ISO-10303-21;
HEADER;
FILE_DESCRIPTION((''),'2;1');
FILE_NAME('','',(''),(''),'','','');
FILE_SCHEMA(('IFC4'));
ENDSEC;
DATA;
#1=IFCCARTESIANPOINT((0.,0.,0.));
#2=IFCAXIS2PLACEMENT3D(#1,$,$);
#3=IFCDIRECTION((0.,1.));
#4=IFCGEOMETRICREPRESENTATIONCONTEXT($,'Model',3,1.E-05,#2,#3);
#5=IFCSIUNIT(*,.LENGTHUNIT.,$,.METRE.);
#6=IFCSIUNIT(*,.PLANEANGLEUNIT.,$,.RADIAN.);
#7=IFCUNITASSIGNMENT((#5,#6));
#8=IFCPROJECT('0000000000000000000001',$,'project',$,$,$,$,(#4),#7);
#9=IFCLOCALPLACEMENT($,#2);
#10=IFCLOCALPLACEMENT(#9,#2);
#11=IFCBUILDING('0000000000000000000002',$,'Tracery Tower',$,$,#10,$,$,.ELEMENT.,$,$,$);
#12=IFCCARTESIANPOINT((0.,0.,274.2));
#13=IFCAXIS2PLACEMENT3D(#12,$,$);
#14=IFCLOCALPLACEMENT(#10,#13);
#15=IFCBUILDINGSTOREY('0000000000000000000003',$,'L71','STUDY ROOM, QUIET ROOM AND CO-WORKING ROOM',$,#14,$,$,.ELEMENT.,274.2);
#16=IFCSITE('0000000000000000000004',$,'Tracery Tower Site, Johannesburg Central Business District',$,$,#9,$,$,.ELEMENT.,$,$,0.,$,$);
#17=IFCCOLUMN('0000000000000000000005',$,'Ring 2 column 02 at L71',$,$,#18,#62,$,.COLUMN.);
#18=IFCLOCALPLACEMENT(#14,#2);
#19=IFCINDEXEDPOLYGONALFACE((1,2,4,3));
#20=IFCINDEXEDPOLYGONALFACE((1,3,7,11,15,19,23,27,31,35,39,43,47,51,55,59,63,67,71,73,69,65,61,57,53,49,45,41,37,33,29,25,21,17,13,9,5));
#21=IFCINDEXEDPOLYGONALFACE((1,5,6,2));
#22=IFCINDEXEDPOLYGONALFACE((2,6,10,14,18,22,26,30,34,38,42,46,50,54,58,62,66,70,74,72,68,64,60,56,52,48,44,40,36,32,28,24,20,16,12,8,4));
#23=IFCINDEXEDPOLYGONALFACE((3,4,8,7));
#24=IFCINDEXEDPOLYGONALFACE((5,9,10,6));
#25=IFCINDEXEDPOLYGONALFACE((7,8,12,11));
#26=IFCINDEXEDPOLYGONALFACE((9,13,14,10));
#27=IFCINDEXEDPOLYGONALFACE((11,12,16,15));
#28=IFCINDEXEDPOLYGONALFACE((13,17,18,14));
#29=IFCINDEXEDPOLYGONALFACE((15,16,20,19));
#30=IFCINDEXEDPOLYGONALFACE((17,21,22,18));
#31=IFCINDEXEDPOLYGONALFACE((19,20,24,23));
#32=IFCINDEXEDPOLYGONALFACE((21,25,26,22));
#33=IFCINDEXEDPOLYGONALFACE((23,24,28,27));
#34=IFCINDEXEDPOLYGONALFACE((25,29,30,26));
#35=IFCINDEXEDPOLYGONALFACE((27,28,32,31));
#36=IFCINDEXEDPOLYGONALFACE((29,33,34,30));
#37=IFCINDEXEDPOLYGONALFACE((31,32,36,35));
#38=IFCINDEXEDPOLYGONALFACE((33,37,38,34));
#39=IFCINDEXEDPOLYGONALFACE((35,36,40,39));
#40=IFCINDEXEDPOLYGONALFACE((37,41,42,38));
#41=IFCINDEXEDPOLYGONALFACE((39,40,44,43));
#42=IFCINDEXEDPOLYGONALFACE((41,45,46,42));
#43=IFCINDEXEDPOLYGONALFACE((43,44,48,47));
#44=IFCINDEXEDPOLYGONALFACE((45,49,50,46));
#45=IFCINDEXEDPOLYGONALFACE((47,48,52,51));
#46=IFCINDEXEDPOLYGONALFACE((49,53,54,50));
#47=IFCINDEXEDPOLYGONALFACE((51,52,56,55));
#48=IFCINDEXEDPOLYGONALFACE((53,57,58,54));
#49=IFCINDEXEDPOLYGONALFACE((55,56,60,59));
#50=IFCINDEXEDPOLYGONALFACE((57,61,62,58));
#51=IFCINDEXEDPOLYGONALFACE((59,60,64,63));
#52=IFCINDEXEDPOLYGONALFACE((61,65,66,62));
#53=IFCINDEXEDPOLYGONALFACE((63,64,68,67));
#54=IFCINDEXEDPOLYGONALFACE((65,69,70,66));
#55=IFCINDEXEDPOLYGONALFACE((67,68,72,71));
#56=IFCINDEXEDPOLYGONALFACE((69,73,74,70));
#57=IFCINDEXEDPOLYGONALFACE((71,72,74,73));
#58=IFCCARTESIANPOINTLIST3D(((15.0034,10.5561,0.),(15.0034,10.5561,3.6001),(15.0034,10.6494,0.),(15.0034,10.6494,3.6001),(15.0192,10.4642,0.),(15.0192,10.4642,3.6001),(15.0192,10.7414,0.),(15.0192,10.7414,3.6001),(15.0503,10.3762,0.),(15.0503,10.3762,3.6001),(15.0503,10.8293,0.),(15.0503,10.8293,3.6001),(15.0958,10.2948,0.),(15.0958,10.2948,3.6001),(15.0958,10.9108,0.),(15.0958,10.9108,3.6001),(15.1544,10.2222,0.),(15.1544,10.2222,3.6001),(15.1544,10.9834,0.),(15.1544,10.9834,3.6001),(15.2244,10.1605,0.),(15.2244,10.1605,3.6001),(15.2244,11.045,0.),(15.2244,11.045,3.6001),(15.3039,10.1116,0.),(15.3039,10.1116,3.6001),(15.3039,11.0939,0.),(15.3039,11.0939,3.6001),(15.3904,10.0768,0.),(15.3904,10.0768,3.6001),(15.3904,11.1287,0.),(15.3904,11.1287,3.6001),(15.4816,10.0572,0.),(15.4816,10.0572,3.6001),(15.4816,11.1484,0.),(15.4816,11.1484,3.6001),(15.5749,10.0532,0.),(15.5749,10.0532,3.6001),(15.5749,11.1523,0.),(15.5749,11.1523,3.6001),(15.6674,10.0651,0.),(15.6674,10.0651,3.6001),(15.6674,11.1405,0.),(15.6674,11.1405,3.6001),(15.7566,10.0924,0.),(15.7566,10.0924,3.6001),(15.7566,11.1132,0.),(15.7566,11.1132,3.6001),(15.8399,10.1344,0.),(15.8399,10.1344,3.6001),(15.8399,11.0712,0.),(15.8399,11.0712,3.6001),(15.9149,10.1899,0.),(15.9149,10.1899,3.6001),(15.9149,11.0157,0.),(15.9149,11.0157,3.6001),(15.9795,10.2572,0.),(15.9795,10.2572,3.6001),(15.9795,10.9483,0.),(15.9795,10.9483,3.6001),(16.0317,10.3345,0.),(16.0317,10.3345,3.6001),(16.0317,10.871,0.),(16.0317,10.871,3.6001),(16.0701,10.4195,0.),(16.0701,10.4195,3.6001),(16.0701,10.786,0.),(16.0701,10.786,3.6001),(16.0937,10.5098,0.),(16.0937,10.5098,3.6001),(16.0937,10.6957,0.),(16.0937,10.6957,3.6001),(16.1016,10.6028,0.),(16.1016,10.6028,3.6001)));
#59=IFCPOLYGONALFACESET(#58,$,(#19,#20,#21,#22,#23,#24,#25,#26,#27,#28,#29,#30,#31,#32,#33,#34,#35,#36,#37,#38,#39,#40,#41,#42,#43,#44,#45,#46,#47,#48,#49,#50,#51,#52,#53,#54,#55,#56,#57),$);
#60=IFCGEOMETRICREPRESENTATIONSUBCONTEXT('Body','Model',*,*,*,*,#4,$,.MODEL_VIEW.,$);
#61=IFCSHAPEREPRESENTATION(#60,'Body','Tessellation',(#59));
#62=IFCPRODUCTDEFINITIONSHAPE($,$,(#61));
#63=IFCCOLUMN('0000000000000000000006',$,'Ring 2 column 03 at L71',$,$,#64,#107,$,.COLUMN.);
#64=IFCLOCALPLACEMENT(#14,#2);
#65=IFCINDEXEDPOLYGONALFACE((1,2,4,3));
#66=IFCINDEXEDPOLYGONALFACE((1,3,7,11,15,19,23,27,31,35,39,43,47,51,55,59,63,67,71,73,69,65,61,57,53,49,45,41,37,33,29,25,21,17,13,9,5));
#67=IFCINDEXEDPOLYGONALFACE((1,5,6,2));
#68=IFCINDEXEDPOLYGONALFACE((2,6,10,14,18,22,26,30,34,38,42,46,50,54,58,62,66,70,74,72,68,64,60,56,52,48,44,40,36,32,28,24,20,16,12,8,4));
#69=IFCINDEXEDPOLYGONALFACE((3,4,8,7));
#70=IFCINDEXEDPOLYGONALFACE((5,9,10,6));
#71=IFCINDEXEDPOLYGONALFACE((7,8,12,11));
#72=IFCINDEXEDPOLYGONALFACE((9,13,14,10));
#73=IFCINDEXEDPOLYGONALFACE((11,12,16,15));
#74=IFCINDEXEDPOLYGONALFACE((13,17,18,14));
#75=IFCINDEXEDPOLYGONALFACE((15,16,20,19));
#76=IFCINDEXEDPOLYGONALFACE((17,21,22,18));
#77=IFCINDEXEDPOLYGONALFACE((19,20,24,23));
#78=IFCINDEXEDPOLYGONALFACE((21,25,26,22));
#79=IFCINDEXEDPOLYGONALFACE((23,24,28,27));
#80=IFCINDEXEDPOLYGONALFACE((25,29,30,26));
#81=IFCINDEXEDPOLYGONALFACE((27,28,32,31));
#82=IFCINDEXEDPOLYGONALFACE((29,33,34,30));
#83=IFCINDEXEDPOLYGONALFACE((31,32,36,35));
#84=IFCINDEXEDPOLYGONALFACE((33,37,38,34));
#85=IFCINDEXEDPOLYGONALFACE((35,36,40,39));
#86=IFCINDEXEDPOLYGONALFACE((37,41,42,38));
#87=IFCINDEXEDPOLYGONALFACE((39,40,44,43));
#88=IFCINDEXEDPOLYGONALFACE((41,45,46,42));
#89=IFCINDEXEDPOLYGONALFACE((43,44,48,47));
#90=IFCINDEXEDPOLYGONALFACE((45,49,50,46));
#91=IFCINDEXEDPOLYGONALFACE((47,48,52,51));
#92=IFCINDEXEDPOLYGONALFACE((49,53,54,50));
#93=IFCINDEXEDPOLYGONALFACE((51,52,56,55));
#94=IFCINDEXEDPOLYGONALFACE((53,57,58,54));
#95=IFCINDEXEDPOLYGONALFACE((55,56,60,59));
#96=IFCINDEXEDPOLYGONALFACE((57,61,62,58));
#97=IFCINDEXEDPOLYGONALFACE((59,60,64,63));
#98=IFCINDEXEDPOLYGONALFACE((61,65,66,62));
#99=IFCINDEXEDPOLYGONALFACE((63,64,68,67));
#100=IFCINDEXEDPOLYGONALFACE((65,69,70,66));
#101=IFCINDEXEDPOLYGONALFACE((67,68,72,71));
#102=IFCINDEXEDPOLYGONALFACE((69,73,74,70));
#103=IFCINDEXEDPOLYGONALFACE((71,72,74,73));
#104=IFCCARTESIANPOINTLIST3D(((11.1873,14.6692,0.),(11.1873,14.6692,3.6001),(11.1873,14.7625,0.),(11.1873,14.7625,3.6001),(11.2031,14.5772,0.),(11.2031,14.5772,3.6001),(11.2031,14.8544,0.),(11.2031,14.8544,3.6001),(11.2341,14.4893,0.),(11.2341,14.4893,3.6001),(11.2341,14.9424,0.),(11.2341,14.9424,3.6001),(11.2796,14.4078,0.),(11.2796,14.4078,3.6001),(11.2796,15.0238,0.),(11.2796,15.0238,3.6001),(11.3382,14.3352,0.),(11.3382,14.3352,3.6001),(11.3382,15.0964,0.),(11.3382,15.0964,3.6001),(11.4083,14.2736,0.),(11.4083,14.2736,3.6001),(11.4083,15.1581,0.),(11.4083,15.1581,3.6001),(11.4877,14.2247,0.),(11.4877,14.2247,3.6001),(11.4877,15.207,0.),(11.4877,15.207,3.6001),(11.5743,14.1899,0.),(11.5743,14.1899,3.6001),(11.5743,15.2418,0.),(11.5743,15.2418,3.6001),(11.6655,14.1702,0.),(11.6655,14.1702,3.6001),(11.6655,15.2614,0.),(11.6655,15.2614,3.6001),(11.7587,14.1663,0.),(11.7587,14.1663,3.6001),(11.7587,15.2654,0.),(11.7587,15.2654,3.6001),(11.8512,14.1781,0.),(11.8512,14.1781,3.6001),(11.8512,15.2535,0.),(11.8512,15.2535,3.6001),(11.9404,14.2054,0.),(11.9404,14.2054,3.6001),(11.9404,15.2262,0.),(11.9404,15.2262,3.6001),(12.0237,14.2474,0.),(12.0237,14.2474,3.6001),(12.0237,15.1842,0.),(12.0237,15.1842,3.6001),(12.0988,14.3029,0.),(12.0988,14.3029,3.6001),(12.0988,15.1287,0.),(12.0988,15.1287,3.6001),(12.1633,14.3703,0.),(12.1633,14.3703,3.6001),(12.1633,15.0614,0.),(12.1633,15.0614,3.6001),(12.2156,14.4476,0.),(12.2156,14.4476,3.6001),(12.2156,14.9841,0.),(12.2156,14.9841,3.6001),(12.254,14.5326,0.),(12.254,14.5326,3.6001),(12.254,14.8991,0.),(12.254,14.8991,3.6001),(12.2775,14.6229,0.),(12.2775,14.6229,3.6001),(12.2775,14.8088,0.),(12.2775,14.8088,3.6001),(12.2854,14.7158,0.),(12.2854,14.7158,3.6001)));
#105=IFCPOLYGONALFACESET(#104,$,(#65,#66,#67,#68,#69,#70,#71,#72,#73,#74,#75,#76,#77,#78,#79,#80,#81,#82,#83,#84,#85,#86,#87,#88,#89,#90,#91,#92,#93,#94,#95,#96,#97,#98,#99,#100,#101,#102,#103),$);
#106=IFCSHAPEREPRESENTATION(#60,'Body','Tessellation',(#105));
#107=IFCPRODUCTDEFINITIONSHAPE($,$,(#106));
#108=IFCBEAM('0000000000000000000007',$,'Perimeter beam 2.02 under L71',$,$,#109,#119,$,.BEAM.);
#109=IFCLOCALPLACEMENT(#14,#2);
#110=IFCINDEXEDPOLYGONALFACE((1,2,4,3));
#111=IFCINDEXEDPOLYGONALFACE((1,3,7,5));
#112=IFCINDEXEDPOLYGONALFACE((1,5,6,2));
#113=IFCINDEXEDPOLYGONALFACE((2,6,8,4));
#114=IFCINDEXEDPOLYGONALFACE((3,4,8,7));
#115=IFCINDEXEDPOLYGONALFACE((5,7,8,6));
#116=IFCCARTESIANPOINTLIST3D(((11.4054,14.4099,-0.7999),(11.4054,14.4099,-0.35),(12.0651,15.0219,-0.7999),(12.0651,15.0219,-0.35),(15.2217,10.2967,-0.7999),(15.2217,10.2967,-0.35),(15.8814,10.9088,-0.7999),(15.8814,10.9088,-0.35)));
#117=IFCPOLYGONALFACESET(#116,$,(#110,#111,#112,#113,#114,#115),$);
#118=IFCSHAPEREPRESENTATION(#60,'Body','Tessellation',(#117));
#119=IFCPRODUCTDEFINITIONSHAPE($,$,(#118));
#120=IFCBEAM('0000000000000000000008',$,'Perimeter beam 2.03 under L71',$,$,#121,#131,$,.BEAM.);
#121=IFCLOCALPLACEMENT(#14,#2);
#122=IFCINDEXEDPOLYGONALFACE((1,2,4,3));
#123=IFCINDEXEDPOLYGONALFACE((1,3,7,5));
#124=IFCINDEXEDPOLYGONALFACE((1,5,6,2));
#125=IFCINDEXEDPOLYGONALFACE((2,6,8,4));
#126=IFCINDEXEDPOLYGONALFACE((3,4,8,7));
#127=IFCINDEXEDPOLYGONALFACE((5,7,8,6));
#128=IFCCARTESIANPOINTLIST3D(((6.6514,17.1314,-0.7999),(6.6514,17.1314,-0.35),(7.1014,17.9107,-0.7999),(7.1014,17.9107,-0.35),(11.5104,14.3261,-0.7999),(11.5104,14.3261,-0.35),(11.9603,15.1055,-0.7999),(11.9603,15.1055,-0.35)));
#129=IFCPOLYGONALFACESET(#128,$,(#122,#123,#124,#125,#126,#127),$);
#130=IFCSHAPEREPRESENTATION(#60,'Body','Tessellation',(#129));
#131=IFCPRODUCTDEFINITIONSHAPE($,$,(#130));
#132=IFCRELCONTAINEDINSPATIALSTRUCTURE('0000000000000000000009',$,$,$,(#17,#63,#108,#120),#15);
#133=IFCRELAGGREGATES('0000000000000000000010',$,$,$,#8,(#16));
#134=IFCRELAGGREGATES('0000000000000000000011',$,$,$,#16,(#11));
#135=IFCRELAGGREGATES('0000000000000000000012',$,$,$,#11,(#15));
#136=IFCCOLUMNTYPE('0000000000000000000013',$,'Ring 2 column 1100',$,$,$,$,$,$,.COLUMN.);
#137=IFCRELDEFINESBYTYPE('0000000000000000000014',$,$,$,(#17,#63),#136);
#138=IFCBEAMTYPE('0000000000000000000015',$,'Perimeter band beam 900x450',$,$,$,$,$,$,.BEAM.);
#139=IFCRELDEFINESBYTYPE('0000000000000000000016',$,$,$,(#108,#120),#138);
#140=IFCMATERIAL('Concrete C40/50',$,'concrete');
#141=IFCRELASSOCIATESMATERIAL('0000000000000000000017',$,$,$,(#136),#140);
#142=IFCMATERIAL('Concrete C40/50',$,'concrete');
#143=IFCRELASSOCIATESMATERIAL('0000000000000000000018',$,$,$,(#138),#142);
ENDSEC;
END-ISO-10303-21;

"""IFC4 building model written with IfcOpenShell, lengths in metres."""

from ifc_helpers import new_model, si_unit, direction, frame, origin, origin_2d, place, context, subcontext, project, spatial, rectangle, circle, extrude, material, material_profile, profile_set, type_object, element, save


model = new_model("IFC4")

# Units and contexts
model_context = context("Model", 3, precision=1e-05, world=origin(), true_north=direction((0.0, 1.0)))
body_context = subcontext(model_context, "Body", "Model", "MODEL_VIEW")
ifc_project = project(units=[si_unit("LENGTHUNIT", "METRE"), si_unit("PLANEANGLEUNIT", "RADIAN")], contexts=[model_context])

# Site, building, storey
site_placement = place(None, origin())
site = spatial("IfcSite", under=ifc_project, at=site_placement, Name="Tracery Tower Site, Johannesburg Central Business District", CompositionType="ELEMENT", RefElevation=0.0)
building_placement = place(site_placement, origin())
building = spatial("IfcBuilding", under=site, at=building_placement, Name="Tracery Tower", CompositionType="ELEMENT")
storey_placement = place(building_placement, frame((0.0, 0.0, 274.2)))
storey = spatial("IfcBuildingStorey", under=building, at=storey_placement, Name="L71", Description="STUDY ROOM, QUIET ROOM AND CO-WORKING ROOM", CompositionType="ELEMENT", Elevation=274.2)

# Columns
ifc_material_1 = material(Name="Concrete C40/50", Category="concrete")
ifc_material_profile_1 = material_profile(ifc_material_1, circle(Radius=0.55, at=origin_2d()), Name="RC D1100")
ifc_profile_set_1 = profile_set([ifc_material_profile_1], Name="Concrete C40/50")
column_type = type_object("IfcColumnType", Name="Ring 2 column 1100", PredefinedType="COLUMN", material=ifc_profile_set_1)
for number, where, z_axis, x_axis, name in (
    (1, (15.5515, 10.6028, 0.0), (0.0, 0.0, 1.0), (1.0, 0.0, 0.0), "Ring 2 column 02 at L71"),
    (2, (11.7354, 14.7158, 0.0), (0.0, 0.0, 1.0), (1.0, 0.0, 0.0), "Ring 2 column 03 at L71"),
):
    element("IfcColumn", number, at=place(storey_placement, frame(where, z_axis=z_axis, x_axis=x_axis)), inside=storey, type_object=column_type, Name=name, PredefinedType="COLUMN", context=body_context, shape_type="SweptSolid", body=[
        extrude(circle(Radius=0.55, at=origin_2d()), origin(), (0.0, 0.0, 1.0), 3.6001),
    ])

# Beams
ifc_material_2 = material(Name="Concrete C40/50", Category="concrete")
ifc_material_profile_2 = material_profile(ifc_material_2, rectangle(XDim=0.8999, YDim=0.45, at=origin_2d()), Name="RC 900x450")
ifc_profile_set_2 = profile_set([ifc_material_profile_2], Name="Concrete C40/50")
beam_type = type_object("IfcBeamType", Name="Perimeter band beam 900x450", PredefinedType="BEAM", material=ifc_profile_set_2)
beam_1_placement = place(storey_placement, frame((15.5515, 10.6028, -0.575), z_axis=(-0.680156, 0.733068, 0.0), x_axis=(-0.733068, -0.680156, 0.0)))
element("IfcBeam", 3, at=beam_1_placement, inside=storey, type_object=beam_type, Name="Perimeter beam 2.02 under L71", PredefinedType="BEAM", context=body_context, shape_type="SweptSolid", body=[
    extrude(rectangle(XDim=0.8999, YDim=0.45, at=origin_2d()), origin(), (0.0, 0.0, 1.0), 5.6108),
])
beam_2_placement = place(storey_placement, frame((11.7354, 14.7158, -0.575), z_axis=(-0.866033, 0.499986, 0.0), x_axis=(-0.499986, -0.866033, 0.0)))
element("IfcBeam", 4, at=beam_2_placement, inside=storey, type_object=beam_type, Name="Perimeter beam 2.03 under L71", PredefinedType="BEAM", context=body_context, shape_type="SweptSolid", body=[
    extrude(rectangle(XDim=0.8999, YDim=0.45, at=origin_2d()), origin(), (0.0, 0.0, 1.0), 5.6106),
])

save(model, "model.ifc")
